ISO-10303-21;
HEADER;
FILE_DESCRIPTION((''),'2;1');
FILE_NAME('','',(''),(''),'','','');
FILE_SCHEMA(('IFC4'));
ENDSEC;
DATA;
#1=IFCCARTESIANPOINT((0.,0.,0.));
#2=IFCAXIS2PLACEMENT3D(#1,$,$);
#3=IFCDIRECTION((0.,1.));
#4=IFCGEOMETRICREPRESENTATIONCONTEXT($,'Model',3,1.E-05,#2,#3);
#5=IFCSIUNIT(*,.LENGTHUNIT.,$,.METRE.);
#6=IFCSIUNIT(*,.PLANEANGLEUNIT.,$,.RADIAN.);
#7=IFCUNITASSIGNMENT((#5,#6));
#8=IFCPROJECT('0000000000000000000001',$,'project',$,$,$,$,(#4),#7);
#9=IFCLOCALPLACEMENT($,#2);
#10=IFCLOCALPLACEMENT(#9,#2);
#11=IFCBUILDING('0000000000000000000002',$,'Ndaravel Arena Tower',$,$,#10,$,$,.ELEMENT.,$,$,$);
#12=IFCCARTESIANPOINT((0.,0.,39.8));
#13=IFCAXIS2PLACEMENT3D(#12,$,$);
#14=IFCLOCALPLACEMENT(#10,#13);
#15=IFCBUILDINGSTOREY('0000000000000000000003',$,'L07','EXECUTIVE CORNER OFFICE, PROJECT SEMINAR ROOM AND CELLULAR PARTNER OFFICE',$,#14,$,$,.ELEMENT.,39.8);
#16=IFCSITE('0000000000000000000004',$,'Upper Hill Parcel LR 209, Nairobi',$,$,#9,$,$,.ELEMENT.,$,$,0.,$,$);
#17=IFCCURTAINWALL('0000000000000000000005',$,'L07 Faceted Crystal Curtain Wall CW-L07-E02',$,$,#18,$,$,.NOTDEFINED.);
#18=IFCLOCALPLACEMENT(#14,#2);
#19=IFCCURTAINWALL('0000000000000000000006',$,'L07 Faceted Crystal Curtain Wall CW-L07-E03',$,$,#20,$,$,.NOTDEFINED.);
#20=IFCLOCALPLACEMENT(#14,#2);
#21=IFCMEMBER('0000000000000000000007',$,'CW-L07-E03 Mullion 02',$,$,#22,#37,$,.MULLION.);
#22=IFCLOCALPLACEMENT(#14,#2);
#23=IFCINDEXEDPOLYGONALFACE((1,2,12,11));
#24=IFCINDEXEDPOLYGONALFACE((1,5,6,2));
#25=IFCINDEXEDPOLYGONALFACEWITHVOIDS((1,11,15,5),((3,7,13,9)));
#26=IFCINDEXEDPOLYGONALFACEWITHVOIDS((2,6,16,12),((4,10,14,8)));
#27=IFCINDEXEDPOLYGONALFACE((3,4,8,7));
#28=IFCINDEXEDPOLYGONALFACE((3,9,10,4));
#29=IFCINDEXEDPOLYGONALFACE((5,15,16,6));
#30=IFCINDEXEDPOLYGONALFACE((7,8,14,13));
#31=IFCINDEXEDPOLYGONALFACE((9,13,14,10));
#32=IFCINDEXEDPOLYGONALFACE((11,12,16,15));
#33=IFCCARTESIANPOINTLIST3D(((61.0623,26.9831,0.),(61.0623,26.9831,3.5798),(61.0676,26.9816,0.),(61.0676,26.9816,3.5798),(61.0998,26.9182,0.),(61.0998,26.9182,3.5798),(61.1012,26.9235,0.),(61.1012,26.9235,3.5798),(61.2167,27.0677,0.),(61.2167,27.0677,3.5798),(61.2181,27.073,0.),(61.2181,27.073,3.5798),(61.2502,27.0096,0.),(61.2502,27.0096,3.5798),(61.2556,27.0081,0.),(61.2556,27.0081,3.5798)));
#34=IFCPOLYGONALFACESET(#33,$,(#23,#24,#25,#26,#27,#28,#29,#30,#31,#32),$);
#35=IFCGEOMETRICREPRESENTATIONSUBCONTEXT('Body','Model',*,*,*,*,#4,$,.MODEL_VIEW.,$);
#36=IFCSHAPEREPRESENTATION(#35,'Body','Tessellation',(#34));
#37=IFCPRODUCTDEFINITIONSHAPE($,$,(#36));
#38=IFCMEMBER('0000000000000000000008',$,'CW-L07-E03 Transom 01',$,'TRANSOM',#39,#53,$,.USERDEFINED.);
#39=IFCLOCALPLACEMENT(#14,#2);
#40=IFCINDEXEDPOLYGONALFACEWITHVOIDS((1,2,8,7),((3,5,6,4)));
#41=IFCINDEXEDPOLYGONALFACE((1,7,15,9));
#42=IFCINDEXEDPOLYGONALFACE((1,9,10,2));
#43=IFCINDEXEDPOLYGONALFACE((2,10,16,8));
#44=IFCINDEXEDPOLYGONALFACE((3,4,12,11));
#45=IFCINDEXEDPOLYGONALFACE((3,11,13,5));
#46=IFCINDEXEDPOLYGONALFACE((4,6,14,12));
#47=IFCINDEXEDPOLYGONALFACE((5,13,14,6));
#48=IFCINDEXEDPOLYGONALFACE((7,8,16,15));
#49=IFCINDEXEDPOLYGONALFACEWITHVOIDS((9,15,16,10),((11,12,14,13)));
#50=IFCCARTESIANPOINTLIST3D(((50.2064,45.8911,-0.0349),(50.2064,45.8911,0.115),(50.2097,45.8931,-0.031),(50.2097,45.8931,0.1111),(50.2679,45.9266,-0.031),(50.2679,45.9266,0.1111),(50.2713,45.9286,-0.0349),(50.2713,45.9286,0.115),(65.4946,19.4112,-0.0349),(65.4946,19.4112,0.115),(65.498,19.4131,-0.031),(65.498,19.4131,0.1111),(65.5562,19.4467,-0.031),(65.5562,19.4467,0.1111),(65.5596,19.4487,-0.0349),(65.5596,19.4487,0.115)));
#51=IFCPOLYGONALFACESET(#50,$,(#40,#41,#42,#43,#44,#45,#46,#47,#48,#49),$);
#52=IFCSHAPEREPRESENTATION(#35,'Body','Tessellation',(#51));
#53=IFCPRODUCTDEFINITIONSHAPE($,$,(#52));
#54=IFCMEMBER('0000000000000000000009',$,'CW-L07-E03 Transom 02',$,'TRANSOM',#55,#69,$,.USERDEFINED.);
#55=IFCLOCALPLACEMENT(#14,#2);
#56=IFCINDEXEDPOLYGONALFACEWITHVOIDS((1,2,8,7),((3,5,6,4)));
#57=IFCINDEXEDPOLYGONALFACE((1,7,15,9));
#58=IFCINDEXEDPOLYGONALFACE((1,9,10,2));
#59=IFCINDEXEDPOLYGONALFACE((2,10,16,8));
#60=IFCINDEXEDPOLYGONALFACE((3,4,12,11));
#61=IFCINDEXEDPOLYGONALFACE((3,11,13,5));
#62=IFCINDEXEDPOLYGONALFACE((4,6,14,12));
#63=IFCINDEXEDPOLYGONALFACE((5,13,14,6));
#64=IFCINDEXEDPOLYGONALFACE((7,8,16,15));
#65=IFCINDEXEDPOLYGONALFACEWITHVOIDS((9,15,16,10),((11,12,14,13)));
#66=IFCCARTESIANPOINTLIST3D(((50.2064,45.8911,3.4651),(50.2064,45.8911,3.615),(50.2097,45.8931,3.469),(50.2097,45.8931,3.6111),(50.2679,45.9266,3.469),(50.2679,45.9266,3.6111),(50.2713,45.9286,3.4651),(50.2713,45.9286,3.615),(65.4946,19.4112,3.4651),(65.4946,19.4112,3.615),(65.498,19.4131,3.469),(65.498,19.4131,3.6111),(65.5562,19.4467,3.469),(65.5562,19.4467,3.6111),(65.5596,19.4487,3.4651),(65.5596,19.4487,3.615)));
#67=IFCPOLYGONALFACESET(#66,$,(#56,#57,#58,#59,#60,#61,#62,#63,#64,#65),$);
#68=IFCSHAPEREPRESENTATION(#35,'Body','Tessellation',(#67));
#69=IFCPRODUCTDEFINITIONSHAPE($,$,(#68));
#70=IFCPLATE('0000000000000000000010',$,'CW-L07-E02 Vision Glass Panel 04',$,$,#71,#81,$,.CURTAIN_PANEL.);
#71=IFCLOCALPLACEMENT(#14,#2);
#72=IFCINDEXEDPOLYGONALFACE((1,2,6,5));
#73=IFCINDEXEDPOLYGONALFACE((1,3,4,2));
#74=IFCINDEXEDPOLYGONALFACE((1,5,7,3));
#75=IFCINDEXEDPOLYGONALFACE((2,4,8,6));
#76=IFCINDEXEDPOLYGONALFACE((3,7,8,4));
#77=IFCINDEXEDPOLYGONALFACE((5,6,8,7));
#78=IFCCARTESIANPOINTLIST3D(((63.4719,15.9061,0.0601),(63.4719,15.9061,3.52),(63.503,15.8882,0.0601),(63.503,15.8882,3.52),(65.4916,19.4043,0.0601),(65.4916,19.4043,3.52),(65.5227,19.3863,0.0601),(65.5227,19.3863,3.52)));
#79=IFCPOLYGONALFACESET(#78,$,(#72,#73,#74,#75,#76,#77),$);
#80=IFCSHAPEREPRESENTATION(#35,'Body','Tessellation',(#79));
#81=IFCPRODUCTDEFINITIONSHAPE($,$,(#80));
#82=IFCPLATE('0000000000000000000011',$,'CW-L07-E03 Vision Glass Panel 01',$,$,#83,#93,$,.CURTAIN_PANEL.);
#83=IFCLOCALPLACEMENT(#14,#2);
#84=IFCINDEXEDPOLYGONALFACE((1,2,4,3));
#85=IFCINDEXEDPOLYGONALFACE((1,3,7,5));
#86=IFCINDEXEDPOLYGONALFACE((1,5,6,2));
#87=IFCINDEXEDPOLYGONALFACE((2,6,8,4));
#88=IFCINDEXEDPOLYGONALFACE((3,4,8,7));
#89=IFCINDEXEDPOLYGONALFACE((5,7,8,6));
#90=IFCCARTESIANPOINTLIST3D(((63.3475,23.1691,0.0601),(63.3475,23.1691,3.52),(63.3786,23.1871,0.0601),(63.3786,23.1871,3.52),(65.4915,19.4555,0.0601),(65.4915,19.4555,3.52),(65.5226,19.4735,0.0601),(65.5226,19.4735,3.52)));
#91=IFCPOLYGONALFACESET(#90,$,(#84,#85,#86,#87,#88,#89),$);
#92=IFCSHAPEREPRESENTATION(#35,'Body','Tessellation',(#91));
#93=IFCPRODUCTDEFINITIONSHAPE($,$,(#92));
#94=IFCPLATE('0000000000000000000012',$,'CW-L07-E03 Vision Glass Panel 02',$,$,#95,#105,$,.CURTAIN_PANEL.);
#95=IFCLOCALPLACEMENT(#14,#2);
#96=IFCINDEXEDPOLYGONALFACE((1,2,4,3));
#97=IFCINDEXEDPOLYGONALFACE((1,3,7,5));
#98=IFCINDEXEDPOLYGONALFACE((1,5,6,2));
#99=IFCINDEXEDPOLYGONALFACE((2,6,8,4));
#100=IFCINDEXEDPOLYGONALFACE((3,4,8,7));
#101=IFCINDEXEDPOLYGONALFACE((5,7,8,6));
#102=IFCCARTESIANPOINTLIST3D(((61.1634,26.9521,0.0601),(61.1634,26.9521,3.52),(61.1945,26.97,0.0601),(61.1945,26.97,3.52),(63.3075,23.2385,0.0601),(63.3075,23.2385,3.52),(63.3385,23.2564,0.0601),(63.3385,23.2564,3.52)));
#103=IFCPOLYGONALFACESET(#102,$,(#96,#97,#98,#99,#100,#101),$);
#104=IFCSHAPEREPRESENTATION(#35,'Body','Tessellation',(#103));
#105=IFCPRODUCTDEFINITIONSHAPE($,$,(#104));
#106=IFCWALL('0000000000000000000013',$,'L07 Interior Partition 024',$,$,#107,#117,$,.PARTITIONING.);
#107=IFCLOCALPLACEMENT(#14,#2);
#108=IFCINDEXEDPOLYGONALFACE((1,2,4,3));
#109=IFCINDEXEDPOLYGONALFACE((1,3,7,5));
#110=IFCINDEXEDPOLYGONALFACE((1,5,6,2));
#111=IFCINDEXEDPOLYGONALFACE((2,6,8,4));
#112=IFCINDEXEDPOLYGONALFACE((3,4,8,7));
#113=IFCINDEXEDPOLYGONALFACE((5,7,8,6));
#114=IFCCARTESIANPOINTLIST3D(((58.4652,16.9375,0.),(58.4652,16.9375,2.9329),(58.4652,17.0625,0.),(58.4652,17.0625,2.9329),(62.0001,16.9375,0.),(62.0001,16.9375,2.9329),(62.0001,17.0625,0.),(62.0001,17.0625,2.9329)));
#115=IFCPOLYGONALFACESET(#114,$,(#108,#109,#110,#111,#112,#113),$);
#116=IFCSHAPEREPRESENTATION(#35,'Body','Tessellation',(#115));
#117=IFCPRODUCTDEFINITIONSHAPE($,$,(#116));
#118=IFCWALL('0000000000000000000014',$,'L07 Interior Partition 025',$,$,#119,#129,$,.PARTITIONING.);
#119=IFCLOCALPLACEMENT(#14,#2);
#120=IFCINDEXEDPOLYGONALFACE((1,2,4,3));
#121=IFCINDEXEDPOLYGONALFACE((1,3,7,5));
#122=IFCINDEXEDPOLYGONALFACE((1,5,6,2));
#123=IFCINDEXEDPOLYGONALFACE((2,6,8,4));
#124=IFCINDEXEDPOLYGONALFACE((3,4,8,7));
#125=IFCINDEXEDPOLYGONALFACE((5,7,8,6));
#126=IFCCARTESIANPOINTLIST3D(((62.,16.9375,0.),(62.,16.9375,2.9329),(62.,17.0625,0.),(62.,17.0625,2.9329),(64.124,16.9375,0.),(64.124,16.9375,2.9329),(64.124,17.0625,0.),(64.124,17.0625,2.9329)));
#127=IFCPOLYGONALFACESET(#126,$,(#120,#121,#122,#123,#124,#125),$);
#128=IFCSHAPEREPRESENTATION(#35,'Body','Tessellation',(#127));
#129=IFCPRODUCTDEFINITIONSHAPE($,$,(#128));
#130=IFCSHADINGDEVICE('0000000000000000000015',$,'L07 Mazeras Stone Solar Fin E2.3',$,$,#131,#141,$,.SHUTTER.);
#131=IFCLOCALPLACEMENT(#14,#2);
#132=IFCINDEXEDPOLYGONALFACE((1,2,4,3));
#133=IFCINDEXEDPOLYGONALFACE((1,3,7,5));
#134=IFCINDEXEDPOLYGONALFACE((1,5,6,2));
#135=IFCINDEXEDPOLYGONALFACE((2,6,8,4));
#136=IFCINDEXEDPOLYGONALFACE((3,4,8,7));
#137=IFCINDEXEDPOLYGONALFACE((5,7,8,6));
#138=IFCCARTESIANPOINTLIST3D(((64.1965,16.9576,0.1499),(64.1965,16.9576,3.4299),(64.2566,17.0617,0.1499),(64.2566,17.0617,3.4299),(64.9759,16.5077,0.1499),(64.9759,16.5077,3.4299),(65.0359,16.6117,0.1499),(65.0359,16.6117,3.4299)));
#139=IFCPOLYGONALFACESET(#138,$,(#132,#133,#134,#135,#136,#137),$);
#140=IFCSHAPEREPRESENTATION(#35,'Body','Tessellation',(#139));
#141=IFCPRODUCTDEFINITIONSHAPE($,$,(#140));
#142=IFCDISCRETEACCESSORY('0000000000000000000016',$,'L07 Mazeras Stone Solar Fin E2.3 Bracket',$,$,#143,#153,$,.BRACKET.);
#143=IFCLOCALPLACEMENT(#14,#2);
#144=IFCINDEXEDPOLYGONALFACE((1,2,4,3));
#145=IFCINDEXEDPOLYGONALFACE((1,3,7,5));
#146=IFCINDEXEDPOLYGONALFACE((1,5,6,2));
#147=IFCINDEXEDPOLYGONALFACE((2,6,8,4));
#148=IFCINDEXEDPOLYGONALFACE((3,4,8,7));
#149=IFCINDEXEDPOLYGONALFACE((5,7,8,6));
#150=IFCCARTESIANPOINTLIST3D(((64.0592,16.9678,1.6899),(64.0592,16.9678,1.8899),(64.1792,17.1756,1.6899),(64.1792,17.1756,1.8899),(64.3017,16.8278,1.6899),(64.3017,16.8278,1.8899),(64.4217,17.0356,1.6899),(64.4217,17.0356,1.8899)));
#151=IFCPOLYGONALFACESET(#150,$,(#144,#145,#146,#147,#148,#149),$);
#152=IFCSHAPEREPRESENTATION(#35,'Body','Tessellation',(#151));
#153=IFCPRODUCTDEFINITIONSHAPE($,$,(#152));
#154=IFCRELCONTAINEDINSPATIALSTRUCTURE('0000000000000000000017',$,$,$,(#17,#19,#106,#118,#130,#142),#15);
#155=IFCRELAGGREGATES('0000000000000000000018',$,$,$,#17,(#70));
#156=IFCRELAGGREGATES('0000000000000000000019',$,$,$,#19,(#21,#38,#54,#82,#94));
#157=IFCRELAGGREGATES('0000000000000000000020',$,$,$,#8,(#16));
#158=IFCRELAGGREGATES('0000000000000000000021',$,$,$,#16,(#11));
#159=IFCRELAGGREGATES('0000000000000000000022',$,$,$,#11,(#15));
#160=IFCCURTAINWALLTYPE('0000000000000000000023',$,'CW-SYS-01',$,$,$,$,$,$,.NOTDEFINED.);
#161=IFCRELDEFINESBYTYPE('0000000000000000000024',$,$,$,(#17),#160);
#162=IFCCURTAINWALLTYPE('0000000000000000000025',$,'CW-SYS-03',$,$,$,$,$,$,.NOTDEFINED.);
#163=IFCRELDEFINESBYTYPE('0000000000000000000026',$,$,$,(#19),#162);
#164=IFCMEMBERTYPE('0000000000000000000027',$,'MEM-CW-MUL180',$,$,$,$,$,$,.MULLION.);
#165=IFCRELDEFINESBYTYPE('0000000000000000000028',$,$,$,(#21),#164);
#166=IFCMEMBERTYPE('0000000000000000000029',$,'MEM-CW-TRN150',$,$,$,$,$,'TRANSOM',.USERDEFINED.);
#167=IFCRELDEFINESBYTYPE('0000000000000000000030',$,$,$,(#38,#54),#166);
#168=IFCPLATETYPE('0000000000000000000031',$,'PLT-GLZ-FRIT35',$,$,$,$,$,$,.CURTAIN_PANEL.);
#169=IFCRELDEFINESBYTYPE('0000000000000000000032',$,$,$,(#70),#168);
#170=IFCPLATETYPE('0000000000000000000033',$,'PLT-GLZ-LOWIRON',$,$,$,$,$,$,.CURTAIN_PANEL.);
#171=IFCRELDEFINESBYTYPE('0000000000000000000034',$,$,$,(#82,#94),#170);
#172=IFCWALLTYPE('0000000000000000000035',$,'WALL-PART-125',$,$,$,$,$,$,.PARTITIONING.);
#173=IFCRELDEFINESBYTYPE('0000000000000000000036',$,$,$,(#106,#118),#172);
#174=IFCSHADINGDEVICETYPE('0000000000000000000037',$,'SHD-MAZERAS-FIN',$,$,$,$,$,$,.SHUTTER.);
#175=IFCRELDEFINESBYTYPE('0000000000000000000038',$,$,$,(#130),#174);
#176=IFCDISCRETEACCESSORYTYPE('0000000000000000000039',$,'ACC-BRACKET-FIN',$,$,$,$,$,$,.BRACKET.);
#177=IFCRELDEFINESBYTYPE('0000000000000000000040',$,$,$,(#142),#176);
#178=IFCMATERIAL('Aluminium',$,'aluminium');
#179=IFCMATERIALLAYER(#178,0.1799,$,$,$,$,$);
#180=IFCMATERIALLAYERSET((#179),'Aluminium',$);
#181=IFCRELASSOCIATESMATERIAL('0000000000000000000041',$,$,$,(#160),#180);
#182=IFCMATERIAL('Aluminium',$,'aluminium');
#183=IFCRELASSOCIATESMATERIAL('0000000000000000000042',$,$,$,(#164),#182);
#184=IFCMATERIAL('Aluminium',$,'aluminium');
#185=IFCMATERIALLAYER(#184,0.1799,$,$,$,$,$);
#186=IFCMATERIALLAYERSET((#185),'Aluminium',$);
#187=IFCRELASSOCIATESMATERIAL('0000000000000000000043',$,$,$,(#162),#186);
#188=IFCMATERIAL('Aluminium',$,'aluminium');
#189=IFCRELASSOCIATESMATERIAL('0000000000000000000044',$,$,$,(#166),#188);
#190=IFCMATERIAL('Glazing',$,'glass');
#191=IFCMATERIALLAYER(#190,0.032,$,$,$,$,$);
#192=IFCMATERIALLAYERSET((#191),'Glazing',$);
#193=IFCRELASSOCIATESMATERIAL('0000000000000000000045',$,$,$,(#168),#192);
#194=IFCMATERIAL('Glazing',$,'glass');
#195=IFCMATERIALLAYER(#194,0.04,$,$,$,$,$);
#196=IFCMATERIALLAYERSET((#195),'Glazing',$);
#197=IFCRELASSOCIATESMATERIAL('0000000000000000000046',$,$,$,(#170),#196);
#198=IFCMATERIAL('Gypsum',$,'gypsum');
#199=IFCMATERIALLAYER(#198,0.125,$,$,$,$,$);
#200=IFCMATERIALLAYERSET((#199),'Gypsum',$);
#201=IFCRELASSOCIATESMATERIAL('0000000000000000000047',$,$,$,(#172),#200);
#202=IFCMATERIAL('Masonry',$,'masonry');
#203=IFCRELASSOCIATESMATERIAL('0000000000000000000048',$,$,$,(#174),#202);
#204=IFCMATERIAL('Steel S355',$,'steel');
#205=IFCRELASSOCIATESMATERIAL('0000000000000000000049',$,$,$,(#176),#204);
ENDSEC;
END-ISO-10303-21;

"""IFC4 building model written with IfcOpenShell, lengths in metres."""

from ifc_helpers import new_model, si_unit, direction, frame, frame_2d, origin, origin_2d, place, context, subcontext, project, spatial, rectangle, hollow_rectangle, extrude, material, layer, layer_set, material_profile, profile_set, type_object, element, aggregate, save


model = new_model("IFC4")

# Units and contexts
model_context = context("Model", 3, precision=1e-05, world=origin(), true_north=direction((0.0, 1.0)))
body_context = subcontext(model_context, "Body", "Model", "MODEL_VIEW")
ifc_project = project(units=[si_unit("LENGTHUNIT", "METRE"), si_unit("PLANEANGLEUNIT", "RADIAN")], contexts=[model_context])

# Site, building, storey
site_placement = place(None, origin())
site = spatial("IfcSite", under=ifc_project, at=site_placement, Name="Upper Hill Parcel LR 209, Nairobi", CompositionType="ELEMENT", RefElevation=0.0)
building_placement = place(site_placement, origin())
building = spatial("IfcBuilding", under=site, at=building_placement, Name="Ndaravel Arena Tower", CompositionType="ELEMENT")
storey_placement = place(building_placement, frame((0.0, 0.0, 39.8)))
storey = spatial("IfcBuildingStorey", under=building, at=storey_placement, Name="L07", Description="EXECUTIVE CORNER OFFICE, PROJECT SEMINAR ROOM AND CELLULAR PARTNER OFFICE", CompositionType="ELEMENT", Elevation=39.8)

# Curtain wall
ifc_material_1 = material(Name="Aluminium", Category="aluminium")
ifc_layer_1 = layer(ifc_material_1, 0.1799)
ifc_layer_set_1 = layer_set([ifc_layer_1], Name="Aluminium")
curtain_wall_type_1 = type_object("IfcCurtainWallType", Name="CW-SYS-01", PredefinedType="NOTDEFINED", material=ifc_layer_set_1)
curtain_wall_1_placement = place(storey_placement, origin())
curtain_wall_1 = element("IfcCurtainWall", 1, at=curtain_wall_1_placement, inside=storey, type_object=curtain_wall_type_1, Name="L07 Faceted Crystal Curtain Wall CW-L07-E02", PredefinedType="NOTDEFINED")
ifc_material_2 = material(Name="Aluminium", Category="aluminium")
ifc_material_profile_1 = material_profile(ifc_material_2, hollow_rectangle(XDim=0.075, YDim=0.1799, WallThickness=0.0039, at=origin_2d()), Name="CW MULLION 75x180x4")
ifc_profile_set_1 = profile_set([ifc_material_profile_1], Name="Aluminium")
member_type_1 = type_object("IfcMemberType", Name="MEM-CW-MUL180", PredefinedType="MULLION", material=ifc_profile_set_1)

# Curtain wall, members
ifc_material_3 = material(Name="Aluminium", Category="aluminium")
ifc_layer_2 = layer(ifc_material_3, 0.1799)
ifc_layer_set_2 = layer_set([ifc_layer_2], Name="Aluminium")
curtain_wall_type_2 = type_object("IfcCurtainWallType", Name="CW-SYS-03", PredefinedType="NOTDEFINED", material=ifc_layer_set_2)
curtain_wall_2_placement = place(storey_placement, origin())
curtain_wall_2 = element("IfcCurtainWall", 2, at=curtain_wall_2_placement, inside=storey, type_object=curtain_wall_type_2, Name="L07 Faceted Crystal Curtain Wall CW-L07-E03", PredefinedType="NOTDEFINED")
member_1_placement = place(storey_placement, frame((61.1589, 26.9956, 0.0), z_axis=(0.0, 0.0, 1.0), x_axis=(-0.5, 0.866025, 0.0)))
member_1 = element("IfcMember", 3, at=member_1_placement, type_object=member_type_1, Name="CW-L07-E03 Mullion 02", PredefinedType="MULLION", context=body_context, shape_type="SweptSolid", body=[
    extrude(hollow_rectangle(XDim=0.075, YDim=0.1799, WallThickness=0.0039, at=origin_2d()), origin(), (0.0, 0.0, 1.0), 3.5798),
])
ifc_material_4 = material(Name="Aluminium", Category="aluminium")
ifc_material_profile_2 = material_profile(ifc_material_4, hollow_rectangle(XDim=0.075, YDim=0.1499, WallThickness=0.0039, at=origin_2d()), Name="CW TRANSOM 75x150x4")
ifc_profile_set_2 = profile_set([ifc_material_profile_2], Name="Aluminium")
member_type_2 = type_object("IfcMemberType", Name="MEM-CW-TRN150", ElementType="TRANSOM", PredefinedType="USERDEFINED", material=ifc_profile_set_2)
member_2_placement = place(storey_placement, frame((65.5271, 19.4299, 0.04), z_axis=(-0.500003, 0.866024, 0.0), x_axis=(-0.866024, -0.500003, 0.0)))
member_2 = element("IfcMember", 4, at=member_2_placement, type_object=member_type_2, Name="CW-L07-E03 Transom 01", ObjectType="TRANSOM", PredefinedType="USERDEFINED", context=body_context, shape_type="SweptSolid", body=[
    extrude(hollow_rectangle(XDim=0.075, YDim=0.1499, WallThickness=0.0039, at=origin_2d()), origin(), (0.0, 0.0, 1.0), 30.5764),
])
member_3_placement = place(storey_placement, frame((65.5271, 19.4299, 3.54), z_axis=(-0.500003, 0.866024, 0.0), x_axis=(-0.866024, -0.500003, 0.0)))
member_3 = element("IfcMember", 5, at=member_3_placement, type_object=member_type_2, Name="CW-L07-E03 Transom 02", ObjectType="TRANSOM", PredefinedType="USERDEFINED", context=body_context, shape_type="SweptSolid", body=[
    extrude(hollow_rectangle(XDim=0.075, YDim=0.1499, WallThickness=0.0039, at=origin_2d()), origin(), (0.0, 0.0, 1.0), 30.5764),
])

# Plates
ifc_material_5 = material(Name="Glazing", Category="glass")
ifc_layer_3 = layer(ifc_material_5, 0.032)
ifc_layer_set_3 = layer_set([ifc_layer_3], Name="Glazing")
plate_type_1 = type_object("IfcPlateType", Name="PLT-GLZ-FRIT35", PredefinedType="CURTAIN_PANEL", material=ifc_layer_set_3)
plate_1_placement = place(storey_placement, frame((64.4973, 17.6462, 0.0601), z_axis=(0.0, 0.0, 1.0), x_axis=(0.5, 0.866025, 0.0)))
plate_1 = element("IfcPlate", 6, at=plate_1_placement, type_object=plate_type_1, Name="CW-L07-E02 Vision Glass Panel 04", PredefinedType="CURTAIN_PANEL", context=body_context, shape_type="SweptSolid", body=[
    extrude(rectangle(XDim=4.0393, YDim=0.0359, at=origin_2d()), origin(), (0.0, 0.0, 1.0), 3.46),
])
aggregate(curtain_wall_1, [plate_1])
ifc_material_6 = material(Name="Glazing", Category="glass")
ifc_layer_4 = layer(ifc_material_6, 0.04)
ifc_layer_set_4 = layer_set([ifc_layer_4], Name="Glazing")
plate_type_2 = type_object("IfcPlateType", Name="PLT-GLZ-LOWIRON", PredefinedType="CURTAIN_PANEL", material=ifc_layer_set_4)
plate_2_placement = place(storey_placement, frame((64.4351, 21.3213, 0.0601), z_axis=(0.0, 0.0, 1.0), x_axis=(-0.5, 0.866025, 0.0)))
plate_2 = element("IfcPlate", 7, at=plate_2_placement, type_object=plate_type_2, Name="CW-L07-E03 Vision Glass Panel 01", PredefinedType="CURTAIN_PANEL", context=body_context, shape_type="SweptSolid", body=[
    extrude(rectangle(XDim=4.2881, YDim=0.0359, at=origin_2d()), origin(), (0.0, 0.0, 1.0), 3.46),
])
plate_3_placement = place(storey_placement, frame((62.251, 25.1042, 0.0601), z_axis=(0.0, 0.0, 1.0), x_axis=(-0.5, 0.866025, 0.0)))
plate_3 = element("IfcPlate", 8, at=plate_3_placement, type_object=plate_type_2, Name="CW-L07-E03 Vision Glass Panel 02", PredefinedType="CURTAIN_PANEL", context=body_context, shape_type="SweptSolid", body=[
    extrude(rectangle(XDim=4.2881, YDim=0.0359, at=origin_2d()), origin(), (0.0, 0.0, 1.0), 3.46),
])
aggregate(curtain_wall_2, [member_1, member_2, member_3, plate_2, plate_3])

# Walls
ifc_material_7 = material(Name="Gypsum", Category="gypsum")
ifc_layer_5 = layer(ifc_material_7, 0.125)
ifc_layer_set_5 = layer_set([ifc_layer_5], Name="Gypsum")
wall_type = type_object("IfcWallType", Name="WALL-PART-125", PredefinedType="PARTITIONING", material=ifc_layer_set_5)
wall_1_placement = place(storey_placement, frame((58.4651, 17.0, 0.0), z_axis=(0.0, 0.0, 1.0), x_axis=(1.0, 0.0, 0.0)))
element("IfcWall", 9, at=wall_1_placement, inside=storey, type_object=wall_type, Name="L07 Interior Partition 024", PredefinedType="PARTITIONING", context=body_context, shape_type="SweptSolid", body=[
    extrude(rectangle(XDim=3.5349, YDim=0.125, at=frame_2d((1.7676, 0.0))), origin(), (0.0, 0.0, 1.0), 2.9329),
])
wall_2_placement = place(storey_placement, frame((62.0, 17.0, 0.0), z_axis=(0.0, 0.0, 1.0), x_axis=(1.0, 0.0, 0.0)))
element("IfcWall", 10, at=wall_2_placement, inside=storey, type_object=wall_type, Name="L07 Interior Partition 025", PredefinedType="PARTITIONING", context=body_context, shape_type="SweptSolid", body=[
    extrude(rectangle(XDim=2.124, YDim=0.125, at=frame_2d((1.062, 0.0))), origin(), (0.0, 0.0, 1.0), 2.9329),
])

# Shading device
ifc_material_8 = material(Name="Masonry", Category="masonry")
shading_device_type = type_object("IfcShadingDeviceType", Name="SHD-MAZERAS-FIN", PredefinedType="SHUTTER", material=ifc_material_8)
shading_device_placement = place(storey_placement, frame((64.6162, 16.7847, 0.1499), z_axis=(0.0, 0.0, 1.0), x_axis=(0.866025, -0.5, 0.0)))
element("IfcShadingDevice", 11, at=shading_device_placement, inside=storey, type_object=shading_device_type, Name="L07 Mazeras Stone Solar Fin E2.3", PredefinedType="SHUTTER", context=body_context, shape_type="SweptSolid", body=[
    extrude(rectangle(XDim=0.8999, YDim=0.1201, at=origin_2d()), origin(), (0.0, 0.0, 1.0), 3.28),
])

# Discrete accessory
ifc_material_9 = material(Name="Steel S355", Category="steel")
discrete_accessory_type = type_object("IfcDiscreteAccessoryType", Name="ACC-BRACKET-FIN", PredefinedType="BRACKET", material=ifc_material_9)
discrete_accessory_placement = place(storey_placement, frame((64.2405, 17.0017, 1.6899), z_axis=(0.0, 0.0, 1.0), x_axis=(0.866025, -0.5, 0.0)))
element("IfcDiscreteAccessory", 12, at=discrete_accessory_placement, inside=storey, type_object=discrete_accessory_type, Name="L07 Mazeras Stone Solar Fin E2.3 Bracket", PredefinedType="BRACKET", context=body_context, shape_type="SweptSolid", body=[
    extrude(rectangle(XDim=0.28, YDim=0.24, at=origin_2d()), origin(), (0.0, 0.0, 1.0), 0.2),
])

save(model, "model.ifc")
